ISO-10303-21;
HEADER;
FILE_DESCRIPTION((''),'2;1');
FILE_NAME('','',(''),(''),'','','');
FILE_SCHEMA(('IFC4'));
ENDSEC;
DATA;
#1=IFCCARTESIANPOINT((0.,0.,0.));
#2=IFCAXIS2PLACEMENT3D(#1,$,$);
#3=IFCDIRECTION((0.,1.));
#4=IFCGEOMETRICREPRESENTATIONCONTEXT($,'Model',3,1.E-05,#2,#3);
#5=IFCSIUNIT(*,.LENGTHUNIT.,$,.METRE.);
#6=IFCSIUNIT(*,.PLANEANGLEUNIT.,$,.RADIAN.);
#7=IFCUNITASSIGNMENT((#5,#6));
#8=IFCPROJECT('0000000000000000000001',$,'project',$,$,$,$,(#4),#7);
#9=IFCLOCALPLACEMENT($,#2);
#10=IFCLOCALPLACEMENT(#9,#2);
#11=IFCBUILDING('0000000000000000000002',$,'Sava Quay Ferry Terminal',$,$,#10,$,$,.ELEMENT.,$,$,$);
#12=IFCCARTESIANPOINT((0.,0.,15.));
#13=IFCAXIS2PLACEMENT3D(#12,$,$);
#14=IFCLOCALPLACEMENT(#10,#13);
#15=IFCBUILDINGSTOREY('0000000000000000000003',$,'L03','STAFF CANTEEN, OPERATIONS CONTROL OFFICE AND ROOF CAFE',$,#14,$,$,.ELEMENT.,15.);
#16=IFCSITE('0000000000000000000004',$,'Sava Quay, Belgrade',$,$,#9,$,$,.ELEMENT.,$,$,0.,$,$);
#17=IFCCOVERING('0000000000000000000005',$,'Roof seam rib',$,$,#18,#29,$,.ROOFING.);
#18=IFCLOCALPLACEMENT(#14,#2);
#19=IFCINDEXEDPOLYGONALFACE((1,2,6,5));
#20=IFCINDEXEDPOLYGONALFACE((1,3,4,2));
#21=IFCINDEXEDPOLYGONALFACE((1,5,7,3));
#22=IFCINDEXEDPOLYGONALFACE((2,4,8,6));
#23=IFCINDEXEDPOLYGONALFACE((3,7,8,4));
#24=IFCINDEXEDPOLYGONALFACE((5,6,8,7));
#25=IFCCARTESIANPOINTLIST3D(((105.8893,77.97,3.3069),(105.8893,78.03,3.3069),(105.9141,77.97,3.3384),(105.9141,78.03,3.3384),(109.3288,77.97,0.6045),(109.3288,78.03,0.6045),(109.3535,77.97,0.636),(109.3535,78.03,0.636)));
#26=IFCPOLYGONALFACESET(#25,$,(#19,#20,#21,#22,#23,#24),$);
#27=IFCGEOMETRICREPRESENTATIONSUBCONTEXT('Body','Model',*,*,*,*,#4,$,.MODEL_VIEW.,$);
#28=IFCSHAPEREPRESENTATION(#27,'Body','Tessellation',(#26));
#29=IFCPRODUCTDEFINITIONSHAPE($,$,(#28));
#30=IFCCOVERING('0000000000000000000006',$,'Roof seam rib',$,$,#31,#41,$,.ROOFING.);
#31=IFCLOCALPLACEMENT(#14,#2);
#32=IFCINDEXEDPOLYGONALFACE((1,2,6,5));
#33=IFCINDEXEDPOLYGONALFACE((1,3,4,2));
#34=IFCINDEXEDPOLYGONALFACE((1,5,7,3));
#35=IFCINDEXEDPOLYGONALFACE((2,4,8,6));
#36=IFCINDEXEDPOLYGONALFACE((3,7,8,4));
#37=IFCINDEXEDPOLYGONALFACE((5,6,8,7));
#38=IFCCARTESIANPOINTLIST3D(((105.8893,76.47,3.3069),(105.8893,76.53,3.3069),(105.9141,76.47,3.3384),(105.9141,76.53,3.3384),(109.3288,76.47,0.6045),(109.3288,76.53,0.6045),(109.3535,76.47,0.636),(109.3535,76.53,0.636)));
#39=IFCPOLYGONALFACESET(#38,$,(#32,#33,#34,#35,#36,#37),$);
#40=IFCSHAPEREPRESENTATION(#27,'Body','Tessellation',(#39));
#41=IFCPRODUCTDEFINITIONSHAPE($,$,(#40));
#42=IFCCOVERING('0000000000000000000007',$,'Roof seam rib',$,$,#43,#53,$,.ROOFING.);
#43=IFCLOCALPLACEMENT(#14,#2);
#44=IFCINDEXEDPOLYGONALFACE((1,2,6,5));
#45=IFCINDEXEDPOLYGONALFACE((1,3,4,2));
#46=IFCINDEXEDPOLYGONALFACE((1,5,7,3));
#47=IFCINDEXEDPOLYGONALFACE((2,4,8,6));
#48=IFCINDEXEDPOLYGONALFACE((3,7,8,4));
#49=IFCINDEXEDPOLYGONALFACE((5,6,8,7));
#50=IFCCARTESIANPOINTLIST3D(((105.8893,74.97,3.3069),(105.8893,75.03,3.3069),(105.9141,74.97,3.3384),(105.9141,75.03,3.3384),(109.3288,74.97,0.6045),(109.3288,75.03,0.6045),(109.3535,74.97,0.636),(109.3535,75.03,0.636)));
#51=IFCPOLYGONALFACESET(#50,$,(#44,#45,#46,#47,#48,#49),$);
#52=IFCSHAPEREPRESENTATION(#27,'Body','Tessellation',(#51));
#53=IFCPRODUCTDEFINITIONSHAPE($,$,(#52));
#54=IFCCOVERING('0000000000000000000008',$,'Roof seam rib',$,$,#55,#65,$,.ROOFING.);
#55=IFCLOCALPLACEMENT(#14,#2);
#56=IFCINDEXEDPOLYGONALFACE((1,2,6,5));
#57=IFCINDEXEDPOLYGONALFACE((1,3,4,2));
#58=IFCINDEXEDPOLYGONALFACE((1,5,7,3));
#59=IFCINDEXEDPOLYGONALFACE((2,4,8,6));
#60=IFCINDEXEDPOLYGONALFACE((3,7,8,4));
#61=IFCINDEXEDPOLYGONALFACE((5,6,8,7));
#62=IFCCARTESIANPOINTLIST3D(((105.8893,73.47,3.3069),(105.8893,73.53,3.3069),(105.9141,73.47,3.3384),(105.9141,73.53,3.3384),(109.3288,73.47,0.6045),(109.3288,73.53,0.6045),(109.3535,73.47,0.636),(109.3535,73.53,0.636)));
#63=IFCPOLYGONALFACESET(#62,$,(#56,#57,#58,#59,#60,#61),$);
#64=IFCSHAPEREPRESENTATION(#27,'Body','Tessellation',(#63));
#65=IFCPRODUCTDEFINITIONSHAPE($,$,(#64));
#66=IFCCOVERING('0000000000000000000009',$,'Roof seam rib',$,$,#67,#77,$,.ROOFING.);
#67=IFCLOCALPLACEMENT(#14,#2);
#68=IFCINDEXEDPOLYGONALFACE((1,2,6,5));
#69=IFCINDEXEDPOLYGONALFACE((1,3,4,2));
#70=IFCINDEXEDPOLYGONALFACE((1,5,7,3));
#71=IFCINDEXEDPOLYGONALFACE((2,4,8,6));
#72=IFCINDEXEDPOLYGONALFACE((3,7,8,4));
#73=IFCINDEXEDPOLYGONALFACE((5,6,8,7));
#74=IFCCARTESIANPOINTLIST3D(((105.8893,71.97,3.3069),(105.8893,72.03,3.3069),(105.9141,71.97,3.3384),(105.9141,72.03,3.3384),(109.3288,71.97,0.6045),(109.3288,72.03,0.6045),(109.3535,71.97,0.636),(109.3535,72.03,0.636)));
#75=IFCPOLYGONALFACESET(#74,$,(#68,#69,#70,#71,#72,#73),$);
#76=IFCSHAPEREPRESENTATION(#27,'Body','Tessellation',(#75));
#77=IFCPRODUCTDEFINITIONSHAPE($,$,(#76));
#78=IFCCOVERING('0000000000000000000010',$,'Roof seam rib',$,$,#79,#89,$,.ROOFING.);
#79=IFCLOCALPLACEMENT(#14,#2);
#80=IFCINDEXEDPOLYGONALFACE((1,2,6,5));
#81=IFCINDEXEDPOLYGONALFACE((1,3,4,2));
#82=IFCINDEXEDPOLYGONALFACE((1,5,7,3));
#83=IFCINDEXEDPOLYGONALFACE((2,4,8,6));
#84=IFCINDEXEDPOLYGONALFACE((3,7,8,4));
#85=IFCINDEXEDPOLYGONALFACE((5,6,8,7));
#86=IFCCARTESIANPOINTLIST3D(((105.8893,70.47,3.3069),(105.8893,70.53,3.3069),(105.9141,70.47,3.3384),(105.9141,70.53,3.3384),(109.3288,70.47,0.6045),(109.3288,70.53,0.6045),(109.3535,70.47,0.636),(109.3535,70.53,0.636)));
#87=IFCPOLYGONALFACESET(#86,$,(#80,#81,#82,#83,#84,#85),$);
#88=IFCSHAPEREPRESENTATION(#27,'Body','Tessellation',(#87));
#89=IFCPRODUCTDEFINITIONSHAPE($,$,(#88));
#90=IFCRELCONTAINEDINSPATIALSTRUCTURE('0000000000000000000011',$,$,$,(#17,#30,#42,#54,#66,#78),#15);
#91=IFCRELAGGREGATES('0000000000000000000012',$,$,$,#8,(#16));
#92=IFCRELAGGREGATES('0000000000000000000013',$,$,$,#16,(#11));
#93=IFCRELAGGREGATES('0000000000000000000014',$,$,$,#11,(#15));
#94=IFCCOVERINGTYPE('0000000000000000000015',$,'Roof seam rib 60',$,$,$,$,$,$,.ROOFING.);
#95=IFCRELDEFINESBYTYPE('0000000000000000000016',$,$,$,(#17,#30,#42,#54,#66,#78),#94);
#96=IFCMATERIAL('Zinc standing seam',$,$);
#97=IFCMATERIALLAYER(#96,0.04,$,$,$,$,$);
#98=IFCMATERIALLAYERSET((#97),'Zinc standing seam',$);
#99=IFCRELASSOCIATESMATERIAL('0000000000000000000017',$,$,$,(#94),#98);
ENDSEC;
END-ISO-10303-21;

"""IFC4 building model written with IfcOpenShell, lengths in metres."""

from ifc_helpers import new_model, si_unit, direction, frame, origin, place, context, subcontext, project, spatial, polyline, outline, extrude, material, layer, layer_set, type_object, element, save


model = new_model("IFC4")

# Units and contexts
model_context = context("Model", 3, precision=1e-05, world=origin(), true_north=direction((0.0, 1.0)))
body_context = subcontext(model_context, "Body", "Model", "MODEL_VIEW")
ifc_project = project(units=[si_unit("LENGTHUNIT", "METRE"), si_unit("PLANEANGLEUNIT", "RADIAN")], contexts=[model_context])

# Site, building, storey
site_placement = place(None, origin())
site = spatial("IfcSite", under=ifc_project, at=site_placement, Name="Sava Quay, Belgrade", CompositionType="ELEMENT", RefElevation=0.0)
building_placement = place(site_placement, origin())
building = spatial("IfcBuilding", under=site, at=building_placement, Name="Sava Quay Ferry Terminal", CompositionType="ELEMENT")
storey_placement = place(building_placement, frame((0.0, 0.0, 15.0)))
storey = spatial("IfcBuildingStorey", under=building, at=storey_placement, Name="L03", Description="STAFF CANTEEN, OPERATIONS CONTROL OFFICE AND ROOF CAFE", CompositionType="ELEMENT", Elevation=15.0)

# Coverings
ifc_material_1 = material(Name="Zinc standing seam")
ifc_layer_1 = layer(ifc_material_1, 0.04)
ifc_layer_set_1 = layer_set([ifc_layer_1], Name="Zinc standing seam")
covering_type_1 = type_object("IfcCoveringType", Name="Roof seam rib 60", PredefinedType="ROOFING", material=ifc_layer_set_1)
for number, where, z_axis, x_axis, name in (
    (1, (109.3535, 77.97, 0.636), (0.617817, 0.0, 0.786322), (-0.786322, 0.0, 0.617817), "Roof seam rib"),
    (2, (109.3535, 76.47, 0.636), (0.617817, 0.0, 0.786322), (-0.786322, 0.0, 0.617817), "Roof seam rib"),
    (3, (109.3535, 74.97, 0.636), (0.617817, 0.0, 0.786322), (-0.786322, 0.0, 0.617817), "Roof seam rib"),
    (4, (109.3535, 73.47, 0.636), (0.617817, 0.0, 0.786322), (-0.786322, 0.0, 0.617817), "Roof seam rib"),
    (5, (109.3535, 71.97, 0.636), (0.617817, 0.0, 0.786322), (-0.786322, 0.0, 0.617817), "Roof seam rib"),
    (6, (109.3535, 70.47, 0.636), (0.617817, 0.0, 0.786322), (-0.786322, 0.0, 0.617817), "Roof seam rib"),
):
    element("IfcCovering", number, at=place(storey_placement, frame(where, z_axis=z_axis, x_axis=x_axis)), inside=storey, type_object=covering_type_1, Name=name, PredefinedType="ROOFING", context=body_context, shape_type="SweptSolid", body=[
        extrude(outline(polyline([(0.0, 0.0), (4.3741, 0.0), (4.3741, -0.0601), (0.0, -0.0601), (0.0, 0.0)])), origin(), (0.0, 0.0, -1.0), 0.04),
    ])

save(model, "model.ifc")
